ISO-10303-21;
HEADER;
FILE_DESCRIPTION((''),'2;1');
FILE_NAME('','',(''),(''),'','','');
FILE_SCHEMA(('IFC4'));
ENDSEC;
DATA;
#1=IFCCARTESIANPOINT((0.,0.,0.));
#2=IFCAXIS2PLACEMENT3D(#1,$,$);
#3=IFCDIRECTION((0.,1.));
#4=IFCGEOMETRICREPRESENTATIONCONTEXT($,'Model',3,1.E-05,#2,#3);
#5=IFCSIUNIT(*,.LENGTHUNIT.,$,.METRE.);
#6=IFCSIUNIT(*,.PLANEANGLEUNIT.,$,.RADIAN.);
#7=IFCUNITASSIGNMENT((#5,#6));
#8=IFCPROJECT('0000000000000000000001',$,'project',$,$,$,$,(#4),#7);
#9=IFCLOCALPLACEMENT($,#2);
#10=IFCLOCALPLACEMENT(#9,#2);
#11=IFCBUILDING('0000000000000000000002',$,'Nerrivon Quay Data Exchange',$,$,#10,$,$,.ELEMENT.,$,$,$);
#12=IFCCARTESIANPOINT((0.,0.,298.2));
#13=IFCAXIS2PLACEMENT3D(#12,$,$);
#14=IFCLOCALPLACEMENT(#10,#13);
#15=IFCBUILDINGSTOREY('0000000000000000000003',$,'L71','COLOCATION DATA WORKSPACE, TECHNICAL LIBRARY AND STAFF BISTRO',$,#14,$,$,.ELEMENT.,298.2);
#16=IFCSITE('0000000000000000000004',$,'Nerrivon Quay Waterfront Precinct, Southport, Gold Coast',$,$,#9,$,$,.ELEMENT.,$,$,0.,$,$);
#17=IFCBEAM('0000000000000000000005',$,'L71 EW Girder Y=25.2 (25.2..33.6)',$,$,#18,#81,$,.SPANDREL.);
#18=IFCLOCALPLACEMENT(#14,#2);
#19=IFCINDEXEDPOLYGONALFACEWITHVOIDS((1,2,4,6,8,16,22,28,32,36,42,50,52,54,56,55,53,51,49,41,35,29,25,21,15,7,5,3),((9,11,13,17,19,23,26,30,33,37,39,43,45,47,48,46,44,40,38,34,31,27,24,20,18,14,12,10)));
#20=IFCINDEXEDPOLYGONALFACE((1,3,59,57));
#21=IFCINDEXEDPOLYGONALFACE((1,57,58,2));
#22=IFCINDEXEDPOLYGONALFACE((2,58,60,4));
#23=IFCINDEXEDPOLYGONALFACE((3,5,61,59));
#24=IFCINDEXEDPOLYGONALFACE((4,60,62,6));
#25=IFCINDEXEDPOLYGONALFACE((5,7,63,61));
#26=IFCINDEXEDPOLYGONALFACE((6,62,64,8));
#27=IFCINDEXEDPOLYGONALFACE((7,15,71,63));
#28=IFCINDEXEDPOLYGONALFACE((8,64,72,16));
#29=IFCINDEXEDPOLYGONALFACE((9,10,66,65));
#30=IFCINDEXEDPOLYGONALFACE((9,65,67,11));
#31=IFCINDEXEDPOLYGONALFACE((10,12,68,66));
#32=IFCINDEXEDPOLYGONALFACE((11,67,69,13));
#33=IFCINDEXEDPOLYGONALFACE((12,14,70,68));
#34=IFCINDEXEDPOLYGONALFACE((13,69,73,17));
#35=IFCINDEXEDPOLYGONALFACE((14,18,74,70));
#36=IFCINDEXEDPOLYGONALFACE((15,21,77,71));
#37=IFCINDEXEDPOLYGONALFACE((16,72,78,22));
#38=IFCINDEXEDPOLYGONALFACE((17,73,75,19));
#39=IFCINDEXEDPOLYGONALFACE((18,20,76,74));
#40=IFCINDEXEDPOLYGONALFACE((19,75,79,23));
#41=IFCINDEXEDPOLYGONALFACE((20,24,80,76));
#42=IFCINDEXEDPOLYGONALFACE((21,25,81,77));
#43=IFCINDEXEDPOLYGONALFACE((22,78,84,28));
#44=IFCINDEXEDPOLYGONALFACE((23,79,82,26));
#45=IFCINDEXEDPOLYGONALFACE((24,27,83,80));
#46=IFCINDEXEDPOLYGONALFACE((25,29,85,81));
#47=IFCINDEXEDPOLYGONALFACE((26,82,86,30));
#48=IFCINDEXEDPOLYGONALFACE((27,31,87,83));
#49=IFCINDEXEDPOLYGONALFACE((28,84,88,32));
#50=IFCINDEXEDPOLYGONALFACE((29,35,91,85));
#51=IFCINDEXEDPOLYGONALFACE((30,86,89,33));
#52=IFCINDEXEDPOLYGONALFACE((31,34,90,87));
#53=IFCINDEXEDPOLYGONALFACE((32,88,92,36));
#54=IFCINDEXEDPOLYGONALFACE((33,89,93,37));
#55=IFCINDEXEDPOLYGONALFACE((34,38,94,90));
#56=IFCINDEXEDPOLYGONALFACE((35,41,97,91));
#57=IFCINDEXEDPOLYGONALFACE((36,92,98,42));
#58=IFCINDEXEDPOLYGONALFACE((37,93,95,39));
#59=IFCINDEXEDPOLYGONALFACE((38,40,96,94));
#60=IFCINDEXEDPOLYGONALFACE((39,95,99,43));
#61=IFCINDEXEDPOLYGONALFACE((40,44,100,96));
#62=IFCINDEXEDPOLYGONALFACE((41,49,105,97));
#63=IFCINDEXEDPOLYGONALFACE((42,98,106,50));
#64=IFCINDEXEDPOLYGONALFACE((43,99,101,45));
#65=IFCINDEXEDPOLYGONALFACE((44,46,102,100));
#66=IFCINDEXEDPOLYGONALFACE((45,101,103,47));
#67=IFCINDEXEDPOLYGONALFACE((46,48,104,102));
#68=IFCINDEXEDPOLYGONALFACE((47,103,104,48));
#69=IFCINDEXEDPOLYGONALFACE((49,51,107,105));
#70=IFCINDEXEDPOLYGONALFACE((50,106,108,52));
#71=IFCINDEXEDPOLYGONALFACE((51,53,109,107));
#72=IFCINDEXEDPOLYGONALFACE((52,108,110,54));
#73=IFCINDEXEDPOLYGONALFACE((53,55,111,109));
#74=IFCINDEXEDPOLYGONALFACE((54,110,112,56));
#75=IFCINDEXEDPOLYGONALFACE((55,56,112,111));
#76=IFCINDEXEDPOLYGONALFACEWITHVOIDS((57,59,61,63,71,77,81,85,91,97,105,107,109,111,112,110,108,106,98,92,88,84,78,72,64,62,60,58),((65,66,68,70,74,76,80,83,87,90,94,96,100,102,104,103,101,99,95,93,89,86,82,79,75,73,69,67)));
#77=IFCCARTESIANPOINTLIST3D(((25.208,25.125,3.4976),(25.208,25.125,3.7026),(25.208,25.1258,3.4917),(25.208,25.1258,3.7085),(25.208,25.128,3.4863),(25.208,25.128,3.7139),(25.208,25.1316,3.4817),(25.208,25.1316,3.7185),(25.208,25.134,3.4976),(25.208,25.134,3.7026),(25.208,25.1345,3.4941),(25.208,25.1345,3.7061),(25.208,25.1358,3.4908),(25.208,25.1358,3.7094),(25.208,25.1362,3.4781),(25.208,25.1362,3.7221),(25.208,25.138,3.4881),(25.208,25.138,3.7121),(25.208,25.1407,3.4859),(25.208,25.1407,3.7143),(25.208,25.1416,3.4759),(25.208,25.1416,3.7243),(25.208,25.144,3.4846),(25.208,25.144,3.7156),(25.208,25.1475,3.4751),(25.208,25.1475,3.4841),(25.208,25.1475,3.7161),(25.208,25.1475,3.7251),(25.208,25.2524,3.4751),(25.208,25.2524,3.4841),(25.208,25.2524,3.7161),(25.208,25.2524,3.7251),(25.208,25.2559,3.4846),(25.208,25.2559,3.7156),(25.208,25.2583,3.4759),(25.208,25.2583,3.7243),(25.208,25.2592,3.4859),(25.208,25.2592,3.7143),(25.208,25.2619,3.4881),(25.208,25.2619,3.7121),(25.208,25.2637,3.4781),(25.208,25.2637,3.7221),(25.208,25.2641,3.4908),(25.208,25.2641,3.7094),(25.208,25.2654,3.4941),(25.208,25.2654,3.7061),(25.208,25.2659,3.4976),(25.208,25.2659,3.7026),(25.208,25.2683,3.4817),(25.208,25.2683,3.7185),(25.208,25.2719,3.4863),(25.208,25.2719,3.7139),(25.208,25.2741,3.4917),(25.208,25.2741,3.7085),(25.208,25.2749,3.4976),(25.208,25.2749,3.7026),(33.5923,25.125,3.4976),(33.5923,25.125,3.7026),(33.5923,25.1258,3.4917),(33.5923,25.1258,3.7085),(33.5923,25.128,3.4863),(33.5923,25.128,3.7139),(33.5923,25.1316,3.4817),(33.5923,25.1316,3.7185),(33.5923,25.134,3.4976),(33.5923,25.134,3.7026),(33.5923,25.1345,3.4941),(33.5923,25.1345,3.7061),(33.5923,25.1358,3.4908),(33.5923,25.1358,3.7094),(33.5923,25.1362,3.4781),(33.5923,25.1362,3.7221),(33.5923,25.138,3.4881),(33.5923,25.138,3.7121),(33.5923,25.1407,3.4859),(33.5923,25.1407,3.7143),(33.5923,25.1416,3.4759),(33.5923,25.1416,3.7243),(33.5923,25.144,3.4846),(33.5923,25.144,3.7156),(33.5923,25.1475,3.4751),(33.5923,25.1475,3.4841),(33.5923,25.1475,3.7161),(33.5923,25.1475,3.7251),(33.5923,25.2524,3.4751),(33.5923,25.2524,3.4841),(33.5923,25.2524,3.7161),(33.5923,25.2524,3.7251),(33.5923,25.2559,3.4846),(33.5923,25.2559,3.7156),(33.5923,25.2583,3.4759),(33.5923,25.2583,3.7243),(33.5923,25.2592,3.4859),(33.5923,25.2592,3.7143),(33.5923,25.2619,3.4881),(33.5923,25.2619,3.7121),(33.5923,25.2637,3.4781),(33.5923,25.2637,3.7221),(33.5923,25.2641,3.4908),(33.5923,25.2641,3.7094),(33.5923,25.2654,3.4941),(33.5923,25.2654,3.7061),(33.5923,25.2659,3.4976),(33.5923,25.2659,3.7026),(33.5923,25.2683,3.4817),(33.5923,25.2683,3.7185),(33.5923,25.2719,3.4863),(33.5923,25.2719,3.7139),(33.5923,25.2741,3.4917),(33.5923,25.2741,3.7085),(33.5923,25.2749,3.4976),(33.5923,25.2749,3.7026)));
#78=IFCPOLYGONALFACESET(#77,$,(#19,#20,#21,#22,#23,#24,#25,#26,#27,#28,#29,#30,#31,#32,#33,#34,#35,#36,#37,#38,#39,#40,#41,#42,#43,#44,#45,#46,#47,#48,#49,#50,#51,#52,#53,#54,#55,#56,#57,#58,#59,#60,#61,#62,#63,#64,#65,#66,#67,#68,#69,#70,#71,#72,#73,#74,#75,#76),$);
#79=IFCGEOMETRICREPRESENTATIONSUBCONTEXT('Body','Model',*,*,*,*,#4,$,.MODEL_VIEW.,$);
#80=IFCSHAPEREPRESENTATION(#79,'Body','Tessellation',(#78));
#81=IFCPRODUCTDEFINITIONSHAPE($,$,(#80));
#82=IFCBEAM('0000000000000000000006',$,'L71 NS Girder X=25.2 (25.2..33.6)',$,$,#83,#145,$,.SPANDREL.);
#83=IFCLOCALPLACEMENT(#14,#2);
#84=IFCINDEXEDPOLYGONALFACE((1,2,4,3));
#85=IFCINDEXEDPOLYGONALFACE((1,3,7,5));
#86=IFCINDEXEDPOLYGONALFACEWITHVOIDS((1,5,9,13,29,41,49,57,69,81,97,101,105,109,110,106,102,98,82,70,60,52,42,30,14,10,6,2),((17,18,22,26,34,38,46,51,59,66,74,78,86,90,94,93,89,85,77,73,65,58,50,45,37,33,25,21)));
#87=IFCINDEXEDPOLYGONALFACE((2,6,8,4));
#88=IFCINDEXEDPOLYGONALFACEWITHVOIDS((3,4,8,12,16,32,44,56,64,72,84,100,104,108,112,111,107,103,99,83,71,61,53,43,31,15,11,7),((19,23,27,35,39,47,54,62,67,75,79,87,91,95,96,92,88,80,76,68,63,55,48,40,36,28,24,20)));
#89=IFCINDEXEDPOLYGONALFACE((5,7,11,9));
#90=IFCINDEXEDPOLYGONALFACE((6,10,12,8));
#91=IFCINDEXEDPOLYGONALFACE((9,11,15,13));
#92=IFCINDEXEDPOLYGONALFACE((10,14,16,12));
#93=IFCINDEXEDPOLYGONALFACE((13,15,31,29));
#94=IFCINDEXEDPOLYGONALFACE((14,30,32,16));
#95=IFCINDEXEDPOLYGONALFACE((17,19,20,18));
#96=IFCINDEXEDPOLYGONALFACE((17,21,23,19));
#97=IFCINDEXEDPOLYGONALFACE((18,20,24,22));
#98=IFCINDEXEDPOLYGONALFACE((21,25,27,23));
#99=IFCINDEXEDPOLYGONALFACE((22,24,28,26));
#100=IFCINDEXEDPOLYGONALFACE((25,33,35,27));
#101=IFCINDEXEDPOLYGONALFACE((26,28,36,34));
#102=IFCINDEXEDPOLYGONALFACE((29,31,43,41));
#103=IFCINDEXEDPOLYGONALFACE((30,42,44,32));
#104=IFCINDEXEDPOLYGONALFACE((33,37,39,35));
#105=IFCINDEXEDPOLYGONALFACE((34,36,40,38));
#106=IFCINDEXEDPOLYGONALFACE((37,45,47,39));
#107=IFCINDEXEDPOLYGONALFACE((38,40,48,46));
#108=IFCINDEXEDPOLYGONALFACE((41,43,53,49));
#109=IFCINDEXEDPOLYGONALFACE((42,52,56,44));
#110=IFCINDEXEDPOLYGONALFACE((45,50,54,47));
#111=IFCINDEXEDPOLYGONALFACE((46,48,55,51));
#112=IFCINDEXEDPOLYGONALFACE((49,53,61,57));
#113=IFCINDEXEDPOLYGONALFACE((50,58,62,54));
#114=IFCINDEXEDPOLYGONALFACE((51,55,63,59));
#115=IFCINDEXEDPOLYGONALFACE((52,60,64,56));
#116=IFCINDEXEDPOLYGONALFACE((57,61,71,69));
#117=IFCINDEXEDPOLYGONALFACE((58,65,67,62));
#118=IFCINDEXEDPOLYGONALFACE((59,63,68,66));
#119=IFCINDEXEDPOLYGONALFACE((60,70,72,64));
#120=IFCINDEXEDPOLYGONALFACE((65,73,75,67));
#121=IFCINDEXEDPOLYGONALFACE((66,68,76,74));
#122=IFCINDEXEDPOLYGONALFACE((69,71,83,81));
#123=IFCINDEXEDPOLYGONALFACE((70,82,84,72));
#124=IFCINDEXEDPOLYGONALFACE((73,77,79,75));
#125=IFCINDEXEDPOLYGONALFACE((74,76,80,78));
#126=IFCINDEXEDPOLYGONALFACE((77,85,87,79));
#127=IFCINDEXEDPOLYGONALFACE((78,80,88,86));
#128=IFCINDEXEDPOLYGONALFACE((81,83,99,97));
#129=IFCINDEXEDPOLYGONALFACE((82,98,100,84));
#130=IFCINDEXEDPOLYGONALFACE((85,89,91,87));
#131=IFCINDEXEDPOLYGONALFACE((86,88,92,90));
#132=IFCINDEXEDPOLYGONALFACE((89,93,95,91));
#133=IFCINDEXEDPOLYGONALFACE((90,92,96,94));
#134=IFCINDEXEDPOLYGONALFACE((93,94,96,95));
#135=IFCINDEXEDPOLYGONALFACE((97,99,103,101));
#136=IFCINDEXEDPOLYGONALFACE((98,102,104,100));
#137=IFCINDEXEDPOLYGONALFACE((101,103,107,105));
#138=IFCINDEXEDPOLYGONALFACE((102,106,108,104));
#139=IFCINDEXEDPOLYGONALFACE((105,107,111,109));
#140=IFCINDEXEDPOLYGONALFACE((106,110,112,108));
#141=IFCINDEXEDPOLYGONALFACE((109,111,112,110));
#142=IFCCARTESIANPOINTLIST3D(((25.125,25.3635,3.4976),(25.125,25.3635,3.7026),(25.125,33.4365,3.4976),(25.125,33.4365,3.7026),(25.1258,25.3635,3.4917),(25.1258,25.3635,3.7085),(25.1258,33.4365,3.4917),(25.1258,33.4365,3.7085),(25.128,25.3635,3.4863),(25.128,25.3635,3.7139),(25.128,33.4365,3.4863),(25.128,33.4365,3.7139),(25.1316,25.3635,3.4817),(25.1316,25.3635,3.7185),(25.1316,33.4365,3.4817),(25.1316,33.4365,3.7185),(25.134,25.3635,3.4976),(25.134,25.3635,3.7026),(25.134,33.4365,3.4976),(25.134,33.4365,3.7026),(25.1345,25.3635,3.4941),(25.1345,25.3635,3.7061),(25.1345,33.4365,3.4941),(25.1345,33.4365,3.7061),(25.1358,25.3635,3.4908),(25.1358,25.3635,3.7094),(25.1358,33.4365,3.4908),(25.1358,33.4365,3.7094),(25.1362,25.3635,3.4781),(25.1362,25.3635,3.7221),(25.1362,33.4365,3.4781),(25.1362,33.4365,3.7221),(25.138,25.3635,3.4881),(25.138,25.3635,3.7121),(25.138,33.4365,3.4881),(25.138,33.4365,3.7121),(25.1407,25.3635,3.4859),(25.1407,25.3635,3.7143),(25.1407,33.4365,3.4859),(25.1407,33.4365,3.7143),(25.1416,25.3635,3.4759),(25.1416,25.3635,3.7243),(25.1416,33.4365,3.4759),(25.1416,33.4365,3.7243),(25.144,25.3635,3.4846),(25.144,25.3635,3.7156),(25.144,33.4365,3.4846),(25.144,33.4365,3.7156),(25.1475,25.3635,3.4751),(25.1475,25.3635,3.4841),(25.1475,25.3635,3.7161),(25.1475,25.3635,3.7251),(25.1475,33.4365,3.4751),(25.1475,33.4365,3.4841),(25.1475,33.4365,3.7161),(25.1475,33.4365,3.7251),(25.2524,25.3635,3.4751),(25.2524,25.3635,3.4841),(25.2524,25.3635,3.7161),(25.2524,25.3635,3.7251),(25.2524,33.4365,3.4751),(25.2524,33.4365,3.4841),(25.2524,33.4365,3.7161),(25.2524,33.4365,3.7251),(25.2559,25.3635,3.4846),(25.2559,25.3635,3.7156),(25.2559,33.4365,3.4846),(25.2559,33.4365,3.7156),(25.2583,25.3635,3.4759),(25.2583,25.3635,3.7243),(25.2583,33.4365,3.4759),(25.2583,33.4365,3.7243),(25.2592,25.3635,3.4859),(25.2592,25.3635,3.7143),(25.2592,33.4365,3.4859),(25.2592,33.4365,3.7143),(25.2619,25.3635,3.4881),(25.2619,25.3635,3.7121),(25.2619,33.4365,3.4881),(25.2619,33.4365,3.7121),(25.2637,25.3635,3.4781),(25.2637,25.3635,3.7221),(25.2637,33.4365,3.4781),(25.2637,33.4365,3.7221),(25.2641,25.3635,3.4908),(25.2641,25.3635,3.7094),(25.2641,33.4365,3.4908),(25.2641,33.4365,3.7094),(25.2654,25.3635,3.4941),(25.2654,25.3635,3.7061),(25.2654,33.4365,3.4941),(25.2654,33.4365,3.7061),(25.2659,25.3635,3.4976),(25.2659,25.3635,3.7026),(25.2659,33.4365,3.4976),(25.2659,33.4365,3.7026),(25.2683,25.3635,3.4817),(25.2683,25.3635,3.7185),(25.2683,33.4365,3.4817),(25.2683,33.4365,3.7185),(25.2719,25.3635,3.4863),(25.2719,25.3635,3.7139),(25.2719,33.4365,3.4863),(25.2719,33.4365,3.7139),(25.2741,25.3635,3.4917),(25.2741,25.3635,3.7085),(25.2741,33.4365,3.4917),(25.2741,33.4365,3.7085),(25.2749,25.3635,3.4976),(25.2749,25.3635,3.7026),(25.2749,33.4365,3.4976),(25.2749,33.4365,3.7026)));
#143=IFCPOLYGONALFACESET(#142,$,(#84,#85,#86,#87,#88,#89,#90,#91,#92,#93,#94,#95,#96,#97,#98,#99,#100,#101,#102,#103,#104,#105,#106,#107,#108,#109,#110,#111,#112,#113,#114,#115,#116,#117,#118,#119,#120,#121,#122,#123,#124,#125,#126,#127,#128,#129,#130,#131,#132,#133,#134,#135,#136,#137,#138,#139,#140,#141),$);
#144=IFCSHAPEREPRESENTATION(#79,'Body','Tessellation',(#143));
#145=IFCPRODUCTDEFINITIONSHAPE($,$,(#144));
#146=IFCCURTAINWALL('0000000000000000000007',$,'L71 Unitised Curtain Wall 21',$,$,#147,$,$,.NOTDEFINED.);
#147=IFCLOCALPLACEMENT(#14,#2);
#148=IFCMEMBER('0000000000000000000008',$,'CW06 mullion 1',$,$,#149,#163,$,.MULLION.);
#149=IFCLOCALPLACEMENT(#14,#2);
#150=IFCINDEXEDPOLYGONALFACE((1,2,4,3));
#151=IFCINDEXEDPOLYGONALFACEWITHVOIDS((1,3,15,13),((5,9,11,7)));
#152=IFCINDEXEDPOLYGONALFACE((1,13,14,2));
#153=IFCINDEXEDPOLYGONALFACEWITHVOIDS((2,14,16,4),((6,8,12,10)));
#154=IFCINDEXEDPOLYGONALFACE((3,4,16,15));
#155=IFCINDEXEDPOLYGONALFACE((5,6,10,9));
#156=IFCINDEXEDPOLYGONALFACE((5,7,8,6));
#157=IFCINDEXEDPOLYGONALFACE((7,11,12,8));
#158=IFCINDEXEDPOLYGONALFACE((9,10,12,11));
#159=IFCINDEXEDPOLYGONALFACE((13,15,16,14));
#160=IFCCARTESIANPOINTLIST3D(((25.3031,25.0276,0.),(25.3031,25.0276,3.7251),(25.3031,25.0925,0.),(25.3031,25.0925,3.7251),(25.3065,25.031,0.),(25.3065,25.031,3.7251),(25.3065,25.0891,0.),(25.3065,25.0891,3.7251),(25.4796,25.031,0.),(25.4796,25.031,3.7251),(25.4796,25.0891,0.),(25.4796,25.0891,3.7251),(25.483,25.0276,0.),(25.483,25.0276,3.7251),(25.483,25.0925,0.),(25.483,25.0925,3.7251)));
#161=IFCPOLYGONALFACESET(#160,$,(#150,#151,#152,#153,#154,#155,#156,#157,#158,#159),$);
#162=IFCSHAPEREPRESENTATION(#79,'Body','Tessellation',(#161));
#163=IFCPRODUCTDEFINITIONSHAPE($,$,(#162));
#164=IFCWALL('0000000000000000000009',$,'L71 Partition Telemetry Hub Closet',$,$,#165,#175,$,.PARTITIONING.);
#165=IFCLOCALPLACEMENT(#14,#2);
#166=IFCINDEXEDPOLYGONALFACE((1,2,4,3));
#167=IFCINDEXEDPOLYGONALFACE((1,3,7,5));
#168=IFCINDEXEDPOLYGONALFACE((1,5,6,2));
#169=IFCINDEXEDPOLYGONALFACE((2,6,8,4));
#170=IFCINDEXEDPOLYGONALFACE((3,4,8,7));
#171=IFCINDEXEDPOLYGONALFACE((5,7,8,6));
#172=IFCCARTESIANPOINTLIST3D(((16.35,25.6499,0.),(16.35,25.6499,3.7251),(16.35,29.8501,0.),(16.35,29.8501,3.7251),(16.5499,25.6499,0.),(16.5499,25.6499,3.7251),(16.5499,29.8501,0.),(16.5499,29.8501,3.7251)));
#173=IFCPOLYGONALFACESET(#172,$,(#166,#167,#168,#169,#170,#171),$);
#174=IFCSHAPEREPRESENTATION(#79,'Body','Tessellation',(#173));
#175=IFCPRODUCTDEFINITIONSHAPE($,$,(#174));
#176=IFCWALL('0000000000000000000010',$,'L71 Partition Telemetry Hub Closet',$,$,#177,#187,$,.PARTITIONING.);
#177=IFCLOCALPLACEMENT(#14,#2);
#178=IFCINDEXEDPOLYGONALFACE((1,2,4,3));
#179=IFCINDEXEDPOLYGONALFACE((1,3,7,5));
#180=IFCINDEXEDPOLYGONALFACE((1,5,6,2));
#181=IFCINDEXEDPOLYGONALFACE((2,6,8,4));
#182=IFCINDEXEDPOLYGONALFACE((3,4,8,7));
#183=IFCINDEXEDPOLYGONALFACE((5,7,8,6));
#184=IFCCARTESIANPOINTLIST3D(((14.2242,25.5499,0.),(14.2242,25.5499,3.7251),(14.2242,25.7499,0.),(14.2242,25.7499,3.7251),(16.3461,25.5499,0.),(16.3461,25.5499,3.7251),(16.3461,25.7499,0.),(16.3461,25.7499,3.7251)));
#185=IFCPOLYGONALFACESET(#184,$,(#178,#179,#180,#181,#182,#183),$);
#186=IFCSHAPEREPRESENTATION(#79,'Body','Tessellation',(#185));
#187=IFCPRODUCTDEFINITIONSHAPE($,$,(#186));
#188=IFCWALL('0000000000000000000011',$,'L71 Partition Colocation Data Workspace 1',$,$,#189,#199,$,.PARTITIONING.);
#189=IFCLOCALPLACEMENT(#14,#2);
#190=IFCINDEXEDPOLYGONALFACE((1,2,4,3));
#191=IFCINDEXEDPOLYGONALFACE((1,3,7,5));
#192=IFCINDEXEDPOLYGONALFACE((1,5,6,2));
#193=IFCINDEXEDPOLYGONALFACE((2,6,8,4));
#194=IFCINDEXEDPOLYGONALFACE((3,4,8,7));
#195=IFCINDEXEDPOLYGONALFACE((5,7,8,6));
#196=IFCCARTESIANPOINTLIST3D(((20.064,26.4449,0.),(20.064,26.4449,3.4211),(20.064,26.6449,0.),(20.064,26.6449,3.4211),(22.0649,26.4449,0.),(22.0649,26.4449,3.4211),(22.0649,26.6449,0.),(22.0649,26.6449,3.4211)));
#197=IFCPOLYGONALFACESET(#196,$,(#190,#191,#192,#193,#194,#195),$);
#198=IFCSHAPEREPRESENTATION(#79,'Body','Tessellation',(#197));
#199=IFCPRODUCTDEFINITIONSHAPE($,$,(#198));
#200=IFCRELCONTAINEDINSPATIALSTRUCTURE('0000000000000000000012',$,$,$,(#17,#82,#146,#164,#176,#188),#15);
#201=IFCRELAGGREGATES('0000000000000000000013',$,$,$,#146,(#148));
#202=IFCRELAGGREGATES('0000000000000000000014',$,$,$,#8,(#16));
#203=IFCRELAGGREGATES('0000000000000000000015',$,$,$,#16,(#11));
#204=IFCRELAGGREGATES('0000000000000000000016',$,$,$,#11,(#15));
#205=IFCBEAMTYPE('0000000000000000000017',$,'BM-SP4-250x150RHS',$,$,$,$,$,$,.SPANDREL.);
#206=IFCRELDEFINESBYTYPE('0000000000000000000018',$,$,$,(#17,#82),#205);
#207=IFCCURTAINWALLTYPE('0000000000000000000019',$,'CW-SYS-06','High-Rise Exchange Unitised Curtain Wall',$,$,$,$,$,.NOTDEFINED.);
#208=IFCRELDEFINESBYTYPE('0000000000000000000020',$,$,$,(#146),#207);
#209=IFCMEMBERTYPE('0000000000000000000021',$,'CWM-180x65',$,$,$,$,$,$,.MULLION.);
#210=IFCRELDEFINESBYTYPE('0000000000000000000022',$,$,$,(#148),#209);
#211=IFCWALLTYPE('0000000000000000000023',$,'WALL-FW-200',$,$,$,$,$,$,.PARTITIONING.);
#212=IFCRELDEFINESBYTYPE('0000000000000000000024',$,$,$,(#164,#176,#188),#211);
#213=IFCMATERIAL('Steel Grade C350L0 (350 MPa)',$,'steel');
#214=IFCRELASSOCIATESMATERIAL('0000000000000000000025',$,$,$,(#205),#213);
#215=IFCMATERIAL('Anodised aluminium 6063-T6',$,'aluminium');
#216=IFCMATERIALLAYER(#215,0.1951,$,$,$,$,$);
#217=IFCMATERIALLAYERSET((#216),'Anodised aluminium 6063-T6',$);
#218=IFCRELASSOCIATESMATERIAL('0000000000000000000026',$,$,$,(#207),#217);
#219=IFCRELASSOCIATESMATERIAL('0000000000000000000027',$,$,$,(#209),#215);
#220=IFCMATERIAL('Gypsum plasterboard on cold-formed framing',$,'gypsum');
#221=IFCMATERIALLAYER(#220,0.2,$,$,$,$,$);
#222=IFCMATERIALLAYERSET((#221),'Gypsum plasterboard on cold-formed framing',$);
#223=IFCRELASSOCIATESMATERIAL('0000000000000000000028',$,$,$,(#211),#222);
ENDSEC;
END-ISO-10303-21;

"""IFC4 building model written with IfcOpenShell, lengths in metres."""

from ifc_helpers import new_model, si_unit, direction, frame, frame_2d, origin, origin_2d, place, context, subcontext, project, spatial, rectangle, hollow_rectangle, extrude, material, layer, layer_set, material_profile, profile_set, type_object, element, aggregate, save


model = new_model("IFC4")

# Units and contexts
model_context = context("Model", 3, precision=1e-05, world=origin(), true_north=direction((0.0, 1.0)))
body_context = subcontext(model_context, "Body", "Model", "MODEL_VIEW")
ifc_project = project(units=[si_unit("LENGTHUNIT", "METRE"), si_unit("PLANEANGLEUNIT", "RADIAN")], contexts=[model_context])

# Site, building, storey
site_placement = place(None, origin())
site = spatial("IfcSite", under=ifc_project, at=site_placement, Name="Nerrivon Quay Waterfront Precinct, Southport, Gold Coast", CompositionType="ELEMENT", RefElevation=0.0)
building_placement = place(site_placement, origin())
building = spatial("IfcBuilding", under=site, at=building_placement, Name="Nerrivon Quay Data Exchange", CompositionType="ELEMENT")
storey_placement = place(building_placement, frame((0.0, 0.0, 298.2)))
storey = spatial("IfcBuildingStorey", under=building, at=storey_placement, Name="L71", Description="COLOCATION DATA WORKSPACE, TECHNICAL LIBRARY AND STAFF BISTRO", CompositionType="ELEMENT", Elevation=298.2)

# Beams
ifc_material_1 = material(Name="Steel Grade C350L0 (350 MPa)", Category="steel")
ifc_material_profile_1 = material_profile(ifc_material_1, hollow_rectangle(XDim=0.1499, YDim=0.25, WallThickness=0.009, InnerFilletRadius=0.0134, OuterFilletRadius=0.0225, at=origin_2d()), Name="250x150x9.0RHS")
ifc_profile_set_1 = profile_set([ifc_material_profile_1], Name="Steel Grade C350L0 (350 MPa)")
beam_type_1 = type_object("IfcBeamType", Name="BM-SP4-250x150RHS", PredefinedType="SPANDREL", material=ifc_profile_set_1)
beam_1_placement = place(storey_placement, frame((25.208, 25.2, 3.6001), z_axis=(1.0, 0.0, 0.0), x_axis=(0.0, 1.0, 0.0)))
element("IfcBeam", 1, at=beam_1_placement, inside=storey, type_object=beam_type_1, Name="L71 EW Girder Y=25.2 (25.2..33.6)", PredefinedType="SPANDREL", context=body_context, shape_type="SweptSolid", body=[
    extrude(hollow_rectangle(XDim=0.1499, YDim=0.25, WallThickness=0.009, InnerFilletRadius=0.0134, OuterFilletRadius=0.0225, at=origin_2d()), origin(), (0.0, 0.0, 1.0), 8.3843),
])
beam_2_placement = place(storey_placement, frame((25.2, 25.3635, 3.6001), z_axis=(0.0, 1.0, 0.0), x_axis=(-1.0, 0.0, 0.0)))
element("IfcBeam", 2, at=beam_2_placement, inside=storey, type_object=beam_type_1, Name="L71 NS Girder X=25.2 (25.2..33.6)", PredefinedType="SPANDREL", context=body_context, shape_type="SweptSolid", body=[
    extrude(hollow_rectangle(XDim=0.1499, YDim=0.25, WallThickness=0.009, InnerFilletRadius=0.0134, OuterFilletRadius=0.0225, at=origin_2d()), origin(), (0.0, 0.0, 1.0), 8.073),
])

# Curtain wall, member
ifc_material_2 = material(Name="Anodised aluminium 6063-T6", Category="aluminium")
ifc_layer_1 = layer(ifc_material_2, 0.1951)
ifc_layer_set_1 = layer_set([ifc_layer_1], Name="Anodised aluminium 6063-T6")
curtain_wall_type = type_object("IfcCurtainWallType", Name="CW-SYS-06", Description="High-Rise Exchange Unitised Curtain Wall", PredefinedType="NOTDEFINED", material=ifc_layer_set_1)
curtain_wall_placement = place(storey_placement, origin())
curtain_wall = element("IfcCurtainWall", 3, at=curtain_wall_placement, inside=storey, type_object=curtain_wall_type, Name="L71 Unitised Curtain Wall 21", PredefinedType="NOTDEFINED")
ifc_material_profile_2 = material_profile(ifc_material_2, hollow_rectangle(XDim=0.0649, YDim=0.1799, WallThickness=0.0034, at=origin_2d()), Name="ALU-MULL-180x65")
ifc_profile_set_2 = profile_set([ifc_material_profile_2], Name="Anodised aluminium 6063-T6")
member_type = type_object("IfcMemberType", Name="CWM-180x65", PredefinedType="MULLION", material=ifc_profile_set_2)
member_placement = place(storey_placement, frame((25.3931, 25.0601, 0.0), z_axis=(0.0, 0.0, 1.0), x_axis=(0.0, 1.0, 0.0)))
member = element("IfcMember", 4, at=member_placement, type_object=member_type, Name="CW06 mullion 1", PredefinedType="MULLION", context=body_context, shape_type="SweptSolid", body=[
    extrude(hollow_rectangle(XDim=0.0649, YDim=0.1799, WallThickness=0.0034, at=origin_2d()), origin(), (0.0, 0.0, 1.0), 3.7251),
])
aggregate(curtain_wall, [member])

# Walls
ifc_material_3 = material(Name="Gypsum plasterboard on cold-formed framing", Category="gypsum")
ifc_layer_2 = layer(ifc_material_3, 0.2)
ifc_layer_set_2 = layer_set([ifc_layer_2], Name="Gypsum plasterboard on cold-formed framing")
wall_type_1 = type_object("IfcWallType", Name="WALL-FW-200", PredefinedType="PARTITIONING", material=ifc_layer_set_2)
wall_1_placement = place(storey_placement, frame((16.45, 25.6499, 0.0), z_axis=(0.0, 0.0, 1.0), x_axis=(0.0, 1.0, 0.0)))
element("IfcWall", 5, at=wall_1_placement, inside=storey, type_object=wall_type_1, Name="L71 Partition Telemetry Hub Closet", PredefinedType="PARTITIONING", context=body_context, shape_type="SweptSolid", body=[
    extrude(rectangle(XDim=4.2002, YDim=0.2, at=frame_2d((2.1001, 0.0))), origin(), (0.0, 0.0, 1.0), 3.7251),
])
wall_2_placement = place(storey_placement, frame((14.2241, 25.6499, 0.0), z_axis=(0.0, 0.0, 1.0), x_axis=(1.0, 0.0, 0.0)))
element("IfcWall", 6, at=wall_2_placement, inside=storey, type_object=wall_type_1, Name="L71 Partition Telemetry Hub Closet", PredefinedType="PARTITIONING", context=body_context, shape_type="SweptSolid", body=[
    extrude(rectangle(XDim=2.1218, YDim=0.2, at=frame_2d((1.061, 0.0))), origin(), (0.0, 0.0, 1.0), 3.7251),
])
wall_3_placement = place(storey_placement, frame((20.064, 26.5449, 0.0), z_axis=(0.0, 0.0, 1.0), x_axis=(1.0, 0.0, 0.0)))
element("IfcWall", 7, at=wall_3_placement, inside=storey, type_object=wall_type_1, Name="L71 Partition Colocation Data Workspace 1", PredefinedType="PARTITIONING", context=body_context, shape_type="SweptSolid", body=[
    extrude(rectangle(XDim=2.001, YDim=0.2, at=frame_2d((1.0005, 0.0))), origin(), (0.0, 0.0, 1.0), 3.4211),
])

save(model, "model.ifc")
